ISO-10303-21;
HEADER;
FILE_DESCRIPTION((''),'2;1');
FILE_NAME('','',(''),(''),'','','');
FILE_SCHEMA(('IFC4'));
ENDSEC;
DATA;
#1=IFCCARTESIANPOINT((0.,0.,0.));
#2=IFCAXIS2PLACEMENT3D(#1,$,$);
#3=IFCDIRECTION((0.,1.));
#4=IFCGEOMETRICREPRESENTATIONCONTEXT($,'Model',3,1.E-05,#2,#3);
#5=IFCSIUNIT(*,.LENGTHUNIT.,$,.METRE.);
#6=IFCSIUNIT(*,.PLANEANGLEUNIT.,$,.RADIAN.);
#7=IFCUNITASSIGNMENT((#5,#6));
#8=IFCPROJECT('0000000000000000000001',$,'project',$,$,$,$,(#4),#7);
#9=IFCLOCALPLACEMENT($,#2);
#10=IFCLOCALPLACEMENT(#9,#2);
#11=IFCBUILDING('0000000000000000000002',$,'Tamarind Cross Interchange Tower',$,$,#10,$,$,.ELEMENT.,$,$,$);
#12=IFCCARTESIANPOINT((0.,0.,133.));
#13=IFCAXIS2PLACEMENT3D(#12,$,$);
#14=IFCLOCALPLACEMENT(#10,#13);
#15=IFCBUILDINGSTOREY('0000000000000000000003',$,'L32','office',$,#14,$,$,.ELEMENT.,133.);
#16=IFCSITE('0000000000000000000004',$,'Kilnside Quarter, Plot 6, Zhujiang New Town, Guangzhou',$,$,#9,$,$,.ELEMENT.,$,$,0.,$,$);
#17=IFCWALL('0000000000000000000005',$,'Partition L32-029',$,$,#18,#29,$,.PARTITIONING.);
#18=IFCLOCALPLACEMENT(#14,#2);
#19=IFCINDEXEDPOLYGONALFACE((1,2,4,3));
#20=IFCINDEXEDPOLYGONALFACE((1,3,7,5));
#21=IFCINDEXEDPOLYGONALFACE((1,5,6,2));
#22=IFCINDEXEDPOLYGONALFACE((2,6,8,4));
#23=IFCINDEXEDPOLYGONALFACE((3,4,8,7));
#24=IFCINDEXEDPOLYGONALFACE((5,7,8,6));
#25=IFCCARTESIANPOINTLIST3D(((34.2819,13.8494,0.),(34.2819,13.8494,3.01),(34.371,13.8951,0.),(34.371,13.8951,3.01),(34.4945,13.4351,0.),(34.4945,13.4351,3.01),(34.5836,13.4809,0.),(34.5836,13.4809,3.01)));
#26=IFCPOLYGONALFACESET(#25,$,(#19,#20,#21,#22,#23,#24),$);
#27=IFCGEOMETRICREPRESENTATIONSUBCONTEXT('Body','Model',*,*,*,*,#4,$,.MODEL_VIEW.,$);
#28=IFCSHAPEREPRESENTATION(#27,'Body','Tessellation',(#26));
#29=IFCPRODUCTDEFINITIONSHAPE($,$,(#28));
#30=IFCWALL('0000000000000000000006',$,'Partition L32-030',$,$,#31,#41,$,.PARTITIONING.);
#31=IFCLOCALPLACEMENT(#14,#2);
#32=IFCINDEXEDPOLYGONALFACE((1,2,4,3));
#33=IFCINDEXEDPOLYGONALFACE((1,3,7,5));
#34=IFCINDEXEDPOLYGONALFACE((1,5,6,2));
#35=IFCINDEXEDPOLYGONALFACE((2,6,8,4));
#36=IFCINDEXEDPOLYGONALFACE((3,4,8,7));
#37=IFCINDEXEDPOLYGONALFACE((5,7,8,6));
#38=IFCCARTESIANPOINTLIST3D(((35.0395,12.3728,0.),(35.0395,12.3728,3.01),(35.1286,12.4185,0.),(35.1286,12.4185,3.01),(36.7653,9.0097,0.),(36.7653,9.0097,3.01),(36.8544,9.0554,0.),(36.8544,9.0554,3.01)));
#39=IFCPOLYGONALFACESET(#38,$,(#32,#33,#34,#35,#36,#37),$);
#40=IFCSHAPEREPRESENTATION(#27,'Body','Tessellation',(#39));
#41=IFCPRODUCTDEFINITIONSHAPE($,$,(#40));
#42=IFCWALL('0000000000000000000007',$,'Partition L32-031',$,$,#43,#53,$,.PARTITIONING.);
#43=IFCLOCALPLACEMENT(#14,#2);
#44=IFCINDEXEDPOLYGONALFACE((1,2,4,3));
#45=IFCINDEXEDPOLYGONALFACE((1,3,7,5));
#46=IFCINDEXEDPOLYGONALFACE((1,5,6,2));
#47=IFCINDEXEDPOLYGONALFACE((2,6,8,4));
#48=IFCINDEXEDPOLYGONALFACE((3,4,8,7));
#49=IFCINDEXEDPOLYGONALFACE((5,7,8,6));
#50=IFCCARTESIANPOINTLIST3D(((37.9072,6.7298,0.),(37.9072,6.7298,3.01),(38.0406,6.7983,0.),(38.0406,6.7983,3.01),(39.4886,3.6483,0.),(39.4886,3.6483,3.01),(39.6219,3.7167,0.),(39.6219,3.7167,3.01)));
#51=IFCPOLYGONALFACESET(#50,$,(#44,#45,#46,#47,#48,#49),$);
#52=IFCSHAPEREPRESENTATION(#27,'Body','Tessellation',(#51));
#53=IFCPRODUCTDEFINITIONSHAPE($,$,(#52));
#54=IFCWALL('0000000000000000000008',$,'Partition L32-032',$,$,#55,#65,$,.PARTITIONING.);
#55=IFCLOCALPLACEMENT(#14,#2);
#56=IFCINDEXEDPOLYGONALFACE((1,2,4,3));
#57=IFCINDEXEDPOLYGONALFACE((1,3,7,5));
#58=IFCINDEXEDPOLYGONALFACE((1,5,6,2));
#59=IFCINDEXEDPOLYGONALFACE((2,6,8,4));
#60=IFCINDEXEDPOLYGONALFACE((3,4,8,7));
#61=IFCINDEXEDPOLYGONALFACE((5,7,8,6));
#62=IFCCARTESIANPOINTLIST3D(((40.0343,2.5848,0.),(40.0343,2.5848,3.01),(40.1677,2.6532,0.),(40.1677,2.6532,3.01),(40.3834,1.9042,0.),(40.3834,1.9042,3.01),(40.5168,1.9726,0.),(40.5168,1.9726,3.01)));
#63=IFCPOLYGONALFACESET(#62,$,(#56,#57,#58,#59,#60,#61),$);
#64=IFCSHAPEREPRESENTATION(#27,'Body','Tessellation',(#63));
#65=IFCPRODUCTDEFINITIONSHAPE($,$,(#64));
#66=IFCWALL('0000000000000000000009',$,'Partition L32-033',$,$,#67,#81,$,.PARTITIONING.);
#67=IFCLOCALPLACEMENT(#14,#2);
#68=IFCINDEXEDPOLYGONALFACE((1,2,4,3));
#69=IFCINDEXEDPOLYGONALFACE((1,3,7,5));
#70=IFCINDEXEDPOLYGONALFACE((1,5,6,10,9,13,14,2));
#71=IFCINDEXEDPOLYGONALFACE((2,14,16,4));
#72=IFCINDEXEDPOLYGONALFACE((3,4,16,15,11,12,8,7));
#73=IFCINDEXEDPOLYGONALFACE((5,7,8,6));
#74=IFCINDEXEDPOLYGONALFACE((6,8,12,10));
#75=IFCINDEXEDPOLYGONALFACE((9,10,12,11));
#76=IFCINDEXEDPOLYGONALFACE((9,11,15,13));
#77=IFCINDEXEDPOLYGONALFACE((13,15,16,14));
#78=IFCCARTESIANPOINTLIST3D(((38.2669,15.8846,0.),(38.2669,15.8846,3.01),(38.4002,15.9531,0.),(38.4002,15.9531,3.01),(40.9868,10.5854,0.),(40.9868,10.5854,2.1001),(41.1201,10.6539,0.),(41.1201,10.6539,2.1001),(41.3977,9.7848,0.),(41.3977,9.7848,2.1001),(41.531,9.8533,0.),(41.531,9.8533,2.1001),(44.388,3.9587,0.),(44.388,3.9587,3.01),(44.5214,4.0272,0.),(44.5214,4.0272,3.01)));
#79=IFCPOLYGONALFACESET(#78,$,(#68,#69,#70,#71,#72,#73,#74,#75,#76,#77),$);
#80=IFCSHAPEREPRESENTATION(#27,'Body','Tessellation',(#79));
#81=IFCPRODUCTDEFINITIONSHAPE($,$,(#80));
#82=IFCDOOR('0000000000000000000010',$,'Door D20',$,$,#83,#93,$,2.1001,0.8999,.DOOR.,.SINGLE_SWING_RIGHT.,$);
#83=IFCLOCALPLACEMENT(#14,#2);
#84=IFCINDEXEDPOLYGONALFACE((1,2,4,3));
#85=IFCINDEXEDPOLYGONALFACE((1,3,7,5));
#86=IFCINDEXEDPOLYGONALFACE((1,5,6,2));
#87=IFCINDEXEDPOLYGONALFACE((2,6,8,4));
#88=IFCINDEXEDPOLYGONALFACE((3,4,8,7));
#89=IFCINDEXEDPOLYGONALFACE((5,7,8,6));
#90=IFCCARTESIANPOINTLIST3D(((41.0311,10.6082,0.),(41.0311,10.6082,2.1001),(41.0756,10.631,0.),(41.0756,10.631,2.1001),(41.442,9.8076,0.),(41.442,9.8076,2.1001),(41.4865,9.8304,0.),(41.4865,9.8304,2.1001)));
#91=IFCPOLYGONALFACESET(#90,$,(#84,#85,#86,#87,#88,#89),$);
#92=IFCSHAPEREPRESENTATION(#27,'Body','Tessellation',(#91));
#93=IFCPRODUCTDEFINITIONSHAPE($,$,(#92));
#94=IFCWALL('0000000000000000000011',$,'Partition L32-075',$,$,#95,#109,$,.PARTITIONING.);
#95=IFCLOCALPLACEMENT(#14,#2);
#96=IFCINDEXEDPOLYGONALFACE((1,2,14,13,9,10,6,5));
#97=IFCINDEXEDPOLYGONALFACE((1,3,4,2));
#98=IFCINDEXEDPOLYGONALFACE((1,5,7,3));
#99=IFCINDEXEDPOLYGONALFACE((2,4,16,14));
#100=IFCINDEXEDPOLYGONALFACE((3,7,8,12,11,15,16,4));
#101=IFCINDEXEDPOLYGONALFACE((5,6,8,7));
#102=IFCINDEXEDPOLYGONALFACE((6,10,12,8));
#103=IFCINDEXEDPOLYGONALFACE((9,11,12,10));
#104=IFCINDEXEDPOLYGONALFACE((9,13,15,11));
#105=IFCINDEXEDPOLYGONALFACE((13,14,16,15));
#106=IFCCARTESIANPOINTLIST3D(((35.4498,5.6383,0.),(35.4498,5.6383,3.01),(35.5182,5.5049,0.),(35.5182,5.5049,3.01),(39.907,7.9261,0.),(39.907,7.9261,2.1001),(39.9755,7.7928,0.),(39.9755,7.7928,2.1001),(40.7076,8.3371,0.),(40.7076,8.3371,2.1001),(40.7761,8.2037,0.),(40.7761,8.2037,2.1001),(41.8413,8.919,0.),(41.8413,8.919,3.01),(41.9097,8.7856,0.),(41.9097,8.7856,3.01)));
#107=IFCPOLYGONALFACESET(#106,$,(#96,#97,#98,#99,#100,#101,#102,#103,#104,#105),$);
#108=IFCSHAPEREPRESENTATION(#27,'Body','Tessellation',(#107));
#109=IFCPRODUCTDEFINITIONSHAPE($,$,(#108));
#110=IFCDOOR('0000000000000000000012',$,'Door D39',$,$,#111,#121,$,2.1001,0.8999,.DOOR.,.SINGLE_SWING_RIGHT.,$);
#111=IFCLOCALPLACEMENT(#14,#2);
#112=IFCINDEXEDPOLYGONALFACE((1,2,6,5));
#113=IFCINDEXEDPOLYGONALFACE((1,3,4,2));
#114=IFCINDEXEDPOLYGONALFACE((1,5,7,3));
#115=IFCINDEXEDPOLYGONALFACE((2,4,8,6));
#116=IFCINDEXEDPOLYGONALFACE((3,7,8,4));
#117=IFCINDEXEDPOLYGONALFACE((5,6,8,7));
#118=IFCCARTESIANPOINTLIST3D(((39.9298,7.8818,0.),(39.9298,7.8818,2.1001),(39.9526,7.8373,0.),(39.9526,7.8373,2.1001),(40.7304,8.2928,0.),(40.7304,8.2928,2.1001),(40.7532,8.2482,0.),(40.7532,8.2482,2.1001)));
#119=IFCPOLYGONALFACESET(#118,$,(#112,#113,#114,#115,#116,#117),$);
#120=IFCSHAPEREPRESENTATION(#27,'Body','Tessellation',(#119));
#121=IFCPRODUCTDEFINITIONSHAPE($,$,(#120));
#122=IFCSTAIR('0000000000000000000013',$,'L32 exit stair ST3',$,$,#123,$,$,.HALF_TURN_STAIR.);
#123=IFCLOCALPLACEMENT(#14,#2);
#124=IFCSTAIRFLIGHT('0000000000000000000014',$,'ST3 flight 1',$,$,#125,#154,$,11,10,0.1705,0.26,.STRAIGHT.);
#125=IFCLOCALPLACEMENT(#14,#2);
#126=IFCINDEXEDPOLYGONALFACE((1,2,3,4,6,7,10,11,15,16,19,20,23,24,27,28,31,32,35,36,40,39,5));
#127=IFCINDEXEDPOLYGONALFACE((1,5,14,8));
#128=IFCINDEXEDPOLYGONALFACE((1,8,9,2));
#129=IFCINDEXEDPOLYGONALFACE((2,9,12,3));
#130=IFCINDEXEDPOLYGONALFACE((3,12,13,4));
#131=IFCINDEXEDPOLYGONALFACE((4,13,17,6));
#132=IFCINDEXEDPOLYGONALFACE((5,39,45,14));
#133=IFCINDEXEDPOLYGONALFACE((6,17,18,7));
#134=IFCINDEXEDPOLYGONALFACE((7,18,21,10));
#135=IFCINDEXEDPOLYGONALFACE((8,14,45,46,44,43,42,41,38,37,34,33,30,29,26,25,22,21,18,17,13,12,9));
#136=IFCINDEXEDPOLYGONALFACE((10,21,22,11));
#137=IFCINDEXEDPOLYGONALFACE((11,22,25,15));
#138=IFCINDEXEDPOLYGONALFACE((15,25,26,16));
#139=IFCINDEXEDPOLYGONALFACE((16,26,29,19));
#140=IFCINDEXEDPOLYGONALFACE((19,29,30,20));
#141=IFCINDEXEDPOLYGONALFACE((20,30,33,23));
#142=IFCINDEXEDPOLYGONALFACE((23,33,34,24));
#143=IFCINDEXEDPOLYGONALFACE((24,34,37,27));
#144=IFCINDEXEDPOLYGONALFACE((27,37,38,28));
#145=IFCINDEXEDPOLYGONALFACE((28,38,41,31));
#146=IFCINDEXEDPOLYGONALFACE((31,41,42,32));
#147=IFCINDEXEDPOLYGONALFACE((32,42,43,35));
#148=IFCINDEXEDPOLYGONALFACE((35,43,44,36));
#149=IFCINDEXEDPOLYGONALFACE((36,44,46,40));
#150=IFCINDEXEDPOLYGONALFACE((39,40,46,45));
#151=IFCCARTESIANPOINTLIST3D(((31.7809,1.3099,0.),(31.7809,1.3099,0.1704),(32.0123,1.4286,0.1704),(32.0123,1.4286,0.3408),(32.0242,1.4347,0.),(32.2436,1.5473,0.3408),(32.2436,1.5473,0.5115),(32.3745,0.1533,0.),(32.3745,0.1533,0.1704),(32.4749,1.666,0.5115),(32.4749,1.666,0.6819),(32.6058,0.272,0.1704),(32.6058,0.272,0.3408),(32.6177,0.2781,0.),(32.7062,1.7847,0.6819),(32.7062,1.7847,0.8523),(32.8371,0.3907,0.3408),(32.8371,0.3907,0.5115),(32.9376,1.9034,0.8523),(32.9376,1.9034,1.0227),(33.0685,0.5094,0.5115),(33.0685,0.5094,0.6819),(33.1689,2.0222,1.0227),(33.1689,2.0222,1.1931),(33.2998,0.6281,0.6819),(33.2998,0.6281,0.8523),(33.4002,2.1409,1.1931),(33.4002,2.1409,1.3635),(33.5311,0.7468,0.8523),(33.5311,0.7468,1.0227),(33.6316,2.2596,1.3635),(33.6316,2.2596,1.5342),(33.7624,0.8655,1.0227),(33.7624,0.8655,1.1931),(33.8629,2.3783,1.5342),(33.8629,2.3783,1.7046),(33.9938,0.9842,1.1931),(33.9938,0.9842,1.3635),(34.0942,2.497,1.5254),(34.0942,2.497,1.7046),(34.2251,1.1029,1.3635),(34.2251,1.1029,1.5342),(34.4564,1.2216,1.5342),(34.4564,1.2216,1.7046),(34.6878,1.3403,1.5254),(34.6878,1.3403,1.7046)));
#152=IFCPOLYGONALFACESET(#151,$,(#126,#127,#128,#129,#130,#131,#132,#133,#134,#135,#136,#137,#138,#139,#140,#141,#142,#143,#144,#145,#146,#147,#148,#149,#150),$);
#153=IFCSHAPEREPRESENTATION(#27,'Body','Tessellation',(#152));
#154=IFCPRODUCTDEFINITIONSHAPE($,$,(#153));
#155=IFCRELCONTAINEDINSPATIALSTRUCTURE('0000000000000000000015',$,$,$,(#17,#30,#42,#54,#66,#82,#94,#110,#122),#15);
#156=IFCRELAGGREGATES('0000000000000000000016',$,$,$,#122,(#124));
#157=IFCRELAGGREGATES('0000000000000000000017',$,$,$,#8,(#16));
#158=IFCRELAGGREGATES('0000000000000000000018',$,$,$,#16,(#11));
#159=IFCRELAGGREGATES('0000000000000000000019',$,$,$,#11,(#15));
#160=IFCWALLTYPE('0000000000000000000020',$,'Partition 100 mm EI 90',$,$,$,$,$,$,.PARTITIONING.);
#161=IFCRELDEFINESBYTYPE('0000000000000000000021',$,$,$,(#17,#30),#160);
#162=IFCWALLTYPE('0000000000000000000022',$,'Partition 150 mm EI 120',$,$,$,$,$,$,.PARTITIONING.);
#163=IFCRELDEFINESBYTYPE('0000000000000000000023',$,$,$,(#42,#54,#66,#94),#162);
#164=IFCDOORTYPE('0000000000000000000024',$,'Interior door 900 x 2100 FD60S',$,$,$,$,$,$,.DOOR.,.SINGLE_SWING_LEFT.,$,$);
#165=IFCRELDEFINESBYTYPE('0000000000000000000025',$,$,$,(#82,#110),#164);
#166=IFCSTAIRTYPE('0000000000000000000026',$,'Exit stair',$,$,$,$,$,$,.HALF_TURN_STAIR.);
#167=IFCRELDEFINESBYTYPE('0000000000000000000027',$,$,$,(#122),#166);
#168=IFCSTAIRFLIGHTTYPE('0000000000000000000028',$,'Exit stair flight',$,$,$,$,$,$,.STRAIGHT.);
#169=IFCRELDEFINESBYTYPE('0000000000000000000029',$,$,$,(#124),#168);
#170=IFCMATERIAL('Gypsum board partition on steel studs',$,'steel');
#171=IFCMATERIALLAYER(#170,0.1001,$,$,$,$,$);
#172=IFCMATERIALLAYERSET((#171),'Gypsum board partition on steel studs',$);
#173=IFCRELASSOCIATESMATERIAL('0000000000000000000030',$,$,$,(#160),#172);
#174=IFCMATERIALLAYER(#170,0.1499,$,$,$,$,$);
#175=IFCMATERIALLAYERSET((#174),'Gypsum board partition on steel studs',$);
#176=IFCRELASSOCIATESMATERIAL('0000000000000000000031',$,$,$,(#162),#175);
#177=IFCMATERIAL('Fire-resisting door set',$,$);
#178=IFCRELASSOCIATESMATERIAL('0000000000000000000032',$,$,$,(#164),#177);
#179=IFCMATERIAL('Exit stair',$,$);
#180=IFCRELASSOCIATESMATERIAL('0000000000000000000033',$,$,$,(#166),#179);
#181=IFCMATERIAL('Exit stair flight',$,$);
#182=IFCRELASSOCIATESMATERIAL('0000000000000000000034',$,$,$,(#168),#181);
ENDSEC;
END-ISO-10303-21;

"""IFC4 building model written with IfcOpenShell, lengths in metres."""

from ifc_helpers import new_model, si_unit, direction, frame, frame_2d, origin, place, context, subcontext, project, spatial, polyline, rectangle, outline, extrude, material, layer, layer_set, type_object, element, fill, aggregate, save


model = new_model("IFC4")

# Units and contexts
model_context = context("Model", 3, precision=1e-05, world=origin(), true_north=direction((0.0, 1.0)))
body_context = subcontext(model_context, "Body", "Model", "MODEL_VIEW")
ifc_project = project(units=[si_unit("LENGTHUNIT", "METRE"), si_unit("PLANEANGLEUNIT", "RADIAN")], contexts=[model_context])

# Site, building, storey
site_placement = place(None, origin())
site = spatial("IfcSite", under=ifc_project, at=site_placement, Name="Kilnside Quarter, Plot 6, Zhujiang New Town, Guangzhou", CompositionType="ELEMENT", RefElevation=0.0)
building_placement = place(site_placement, origin())
building = spatial("IfcBuilding", under=site, at=building_placement, Name="Tamarind Cross Interchange Tower", CompositionType="ELEMENT")
storey_placement = place(building_placement, frame((0.0, 0.0, 133.0)))
storey = spatial("IfcBuildingStorey", under=building, at=storey_placement, Name="L32", Description="office", CompositionType="ELEMENT", Elevation=133.0)

# Walls
ifc_material_1 = material(Name="Gypsum board partition on steel studs", Category="steel")
ifc_layer_1 = layer(ifc_material_1, 0.1001)
ifc_layer_set_1 = layer_set([ifc_layer_1], Name="Gypsum board partition on steel studs")
wall_type_1 = type_object("IfcWallType", Name="Partition 100 mm EI 90", PredefinedType="PARTITIONING", material=ifc_layer_set_1)
wall_1_placement = place(storey_placement, frame((34.3264, 13.8723, 0.0), z_axis=(0.0, 0.0, 1.0), x_axis=(0.456625, -0.889659, 0.0)))
element("IfcWall", 1, at=wall_1_placement, inside=storey, type_object=wall_type_1, Name="Partition L32-029", PredefinedType="PARTITIONING", context=body_context, shape_type="SweptSolid", body=[
    extrude(rectangle(XDim=0.4656, YDim=0.1001, at=frame_2d((0.2329, 0.0))), origin(), (0.0, 0.0, 1.0), 3.01),
])
wall_2_placement = place(storey_placement, frame((35.084, 12.3958, 0.0), z_axis=(0.0, 0.0, 1.0), x_axis=(0.456567, -0.889689, 0.0)))
element("IfcWall", 2, at=wall_2_placement, inside=storey, type_object=wall_type_1, Name="Partition L32-030", PredefinedType="PARTITIONING", context=body_context, shape_type="SweptSolid", body=[
    extrude(rectangle(XDim=3.78, YDim=0.1001, at=frame_2d((1.8901, 0.0))), origin(), (0.0, 0.0, 1.0), 3.01),
])
ifc_layer_2 = layer(ifc_material_1, 0.1499)
ifc_layer_set_2 = layer_set([ifc_layer_2], Name="Gypsum board partition on steel studs")
wall_type_2 = type_object("IfcWallType", Name="Partition 150 mm EI 120", PredefinedType="PARTITIONING", material=ifc_layer_set_2)
wall_3_placement = place(storey_placement, frame((37.9739, 6.7642, 0.0), z_axis=(0.0, 0.0, 1.0), x_axis=(0.45655, -0.889698, 0.0)))
element("IfcWall", 3, at=wall_3_placement, inside=storey, type_object=wall_type_2, Name="Partition L32-031", PredefinedType="PARTITIONING", context=body_context, shape_type="SweptSolid", body=[
    extrude(rectangle(XDim=3.4636, YDim=0.1499, at=frame_2d((1.7319, 0.0))), origin(), (0.0, 0.0, 1.0), 3.01),
])
wall_4_placement = place(storey_placement, frame((40.1011, 2.6189, 0.0), z_axis=(0.0, 0.0, 1.0), x_axis=(0.456381, -0.889784, 0.0)))
element("IfcWall", 4, at=wall_4_placement, inside=storey, type_object=wall_type_2, Name="Partition L32-032", PredefinedType="PARTITIONING", context=body_context, shape_type="SweptSolid", body=[
    extrude(rectangle(XDim=0.7649, YDim=0.1499, at=frame_2d((0.3823, 0.0))), origin(), (0.0, 0.0, 1.0), 3.01),
])

# Walls, openings, doors
wall_5_placement = place(storey_placement, frame((38.3335, 15.9189, 0.0), z_axis=(0.0, 0.0, 1.0), x_axis=(0.45663, -0.889657, 0.0)))
wall_5 = element("IfcWall", 5, at=wall_5_placement, inside=storey, type_object=wall_type_2, Name="Partition L32-033", PredefinedType="PARTITIONING", context=body_context, shape_type="SweptSolid", body=[
    extrude(rectangle(XDim=13.405, YDim=0.1499, at=frame_2d((6.7026, 0.0))), origin(), (0.0, 0.0, 1.0), 3.01),
])
opening_1_placement = place(wall_5_placement, frame((5.9565, 0.0, 0.0)))
opening_1 = element("IfcOpeningElement", 6, at=opening_1_placement, cuts=wall_5, PredefinedType="OPENING", context=body_context, shape_type="SweptSolid", body=[
    extrude(rectangle(XDim=0.8999, YDim=2.1001, at=frame_2d((0.45, 1.05))), frame((0.0, 0.085, 0.0), z_axis=(0.0, -1.0, 0.0), x_axis=(1.0, 0.0, 0.0)), (0.0, 0.0, 1.0), 0.1699),
])
ifc_material_2 = material(Name="Fire-resisting door set")
door_type = type_object("IfcDoorType", Name="Interior door 900 x 2100 FD60S", OperationType="SINGLE_SWING_LEFT", PredefinedType="DOOR", material=ifc_material_2)
door_1_placement = place(opening_1_placement, origin())
door_1 = element("IfcDoor", 7, at=door_1_placement, inside=storey, type_object=door_type, Name="Door D20", OperationType="SINGLE_SWING_RIGHT", OverallHeight=2.1001, OverallWidth=0.8999, PredefinedType="DOOR", context=body_context, shape_type="SweptSolid", body=[
    extrude(rectangle(XDim=0.8999, YDim=2.1001, at=frame_2d((0.45, 1.05))), frame((0.0, 0.0249, 0.0), z_axis=(0.0, -1.0, 0.0), x_axis=(1.0, 0.0, 0.0)), (0.0, 0.0, 1.0), 0.05),
])
fill(opening_1, door_1)
wall_6_placement = place(storey_placement, frame((35.4839, 5.5715, 0.0), z_axis=(0.0, 0.0, 1.0), x_axis=(0.889647, 0.456649, 0.0)))
wall_6 = element("IfcWall", 8, at=wall_6_placement, inside=storey, type_object=wall_type_2, Name="Partition L32-075", PredefinedType="PARTITIONING", context=body_context, shape_type="SweptSolid", body=[
    extrude(rectangle(XDim=7.1843, YDim=0.1499, at=frame_2d((3.5923, 0.0))), origin(), (0.0, 0.0, 1.0), 3.01),
])
opening_2_placement = place(wall_6_placement, frame((5.0103, 0.0, 0.0)))
opening_2 = element("IfcOpeningElement", 9, at=opening_2_placement, cuts=wall_6, PredefinedType="OPENING", context=body_context, shape_type="SweptSolid", body=[
    extrude(rectangle(XDim=0.8999, YDim=2.1001, at=frame_2d((0.45, 1.05))), frame((0.0, 0.085, 0.0), z_axis=(0.0, -1.0, 0.0), x_axis=(1.0, 0.0, 0.0)), (0.0, 0.0, 1.0), 0.1699),
])
door_2_placement = place(opening_2_placement, frame((0.8999, 0.0, 0.0), z_axis=(0.0, 0.0, 1.0), x_axis=(-1.0, 0.0, 0.0)))
door_2 = element("IfcDoor", 10, at=door_2_placement, inside=storey, type_object=door_type, Name="Door D39", OperationType="SINGLE_SWING_RIGHT", OverallHeight=2.1001, OverallWidth=0.8999, PredefinedType="DOOR", context=body_context, shape_type="SweptSolid", body=[
    extrude(rectangle(XDim=0.8999, YDim=2.1001, at=frame_2d((0.45, 1.05))), frame((0.0, 0.0249, 0.0), z_axis=(0.0, -1.0, 0.0), x_axis=(1.0, 0.0, 0.0)), (0.0, 0.0, 1.0), 0.05),
])
fill(opening_2, door_2)

# Stair, stair flight
ifc_material_3 = material(Name="Exit stair")
stair_type = type_object("IfcStairType", Name="Exit stair", PredefinedType="HALF_TURN_STAIR", material=ifc_material_3)
stair_placement = place(storey_placement, origin())
stair = element("IfcStair", 11, at=stair_placement, inside=storey, type_object=stair_type, Name="L32 exit stair ST3", PredefinedType="HALF_TURN_STAIR")
ifc_material_4 = material(Name="Exit stair flight")
stair_flight_type = type_object("IfcStairFlightType", Name="Exit stair flight", PredefinedType="STRAIGHT", material=ifc_material_4)
stair_flight_1_placement = place(storey_placement, frame((32.0776, 0.7317, 0.0), z_axis=(0.0, 0.0, 1.0), x_axis=(0.889697, 0.456551, 0.0)))
stair_flight_1 = element("IfcStairFlight", 12, at=stair_flight_1_placement, type_object=stair_flight_type, Name="ST3 flight 1", NumberOfRisers=11, NumberOfTreads=10, PredefinedType="STRAIGHT", RiserHeight=0.1705, TreadLength=0.26, context=body_context, shape_type="SweptSolid", body=[
    extrude(outline(polyline([(0.0, 0.0), (0.0, 0.1704), (0.26, 0.1704), (0.26, 0.3408), (0.52, 0.3408), (0.52, 0.5115), (0.78, 0.5115), (0.78, 0.6819), (1.04, 0.6819), (1.04, 0.8523), (1.3, 0.8523), (1.3, 1.0227), (1.5601, 1.0227), (1.5601, 1.1931), (1.8201, 1.1931), (1.8201, 1.3635), (2.0801, 1.3635), (2.0801, 1.5342), (2.3401, 1.5342), (2.3401, 1.7046), (2.6001, 1.7046), (2.6001, 1.875), (2.6001, 1.5254), (0.2734, 0.0), (0.0, 0.0)])), frame((0.0, 0.6499, 0.0), z_axis=(0.0, -1.0, 0.0), x_axis=(1.0, 0.0, 0.0)), (0.0, 0.0, 1.0), 1.3),
])
aggregate(stair, [stair_flight_1])

save(model, "model.ifc")
